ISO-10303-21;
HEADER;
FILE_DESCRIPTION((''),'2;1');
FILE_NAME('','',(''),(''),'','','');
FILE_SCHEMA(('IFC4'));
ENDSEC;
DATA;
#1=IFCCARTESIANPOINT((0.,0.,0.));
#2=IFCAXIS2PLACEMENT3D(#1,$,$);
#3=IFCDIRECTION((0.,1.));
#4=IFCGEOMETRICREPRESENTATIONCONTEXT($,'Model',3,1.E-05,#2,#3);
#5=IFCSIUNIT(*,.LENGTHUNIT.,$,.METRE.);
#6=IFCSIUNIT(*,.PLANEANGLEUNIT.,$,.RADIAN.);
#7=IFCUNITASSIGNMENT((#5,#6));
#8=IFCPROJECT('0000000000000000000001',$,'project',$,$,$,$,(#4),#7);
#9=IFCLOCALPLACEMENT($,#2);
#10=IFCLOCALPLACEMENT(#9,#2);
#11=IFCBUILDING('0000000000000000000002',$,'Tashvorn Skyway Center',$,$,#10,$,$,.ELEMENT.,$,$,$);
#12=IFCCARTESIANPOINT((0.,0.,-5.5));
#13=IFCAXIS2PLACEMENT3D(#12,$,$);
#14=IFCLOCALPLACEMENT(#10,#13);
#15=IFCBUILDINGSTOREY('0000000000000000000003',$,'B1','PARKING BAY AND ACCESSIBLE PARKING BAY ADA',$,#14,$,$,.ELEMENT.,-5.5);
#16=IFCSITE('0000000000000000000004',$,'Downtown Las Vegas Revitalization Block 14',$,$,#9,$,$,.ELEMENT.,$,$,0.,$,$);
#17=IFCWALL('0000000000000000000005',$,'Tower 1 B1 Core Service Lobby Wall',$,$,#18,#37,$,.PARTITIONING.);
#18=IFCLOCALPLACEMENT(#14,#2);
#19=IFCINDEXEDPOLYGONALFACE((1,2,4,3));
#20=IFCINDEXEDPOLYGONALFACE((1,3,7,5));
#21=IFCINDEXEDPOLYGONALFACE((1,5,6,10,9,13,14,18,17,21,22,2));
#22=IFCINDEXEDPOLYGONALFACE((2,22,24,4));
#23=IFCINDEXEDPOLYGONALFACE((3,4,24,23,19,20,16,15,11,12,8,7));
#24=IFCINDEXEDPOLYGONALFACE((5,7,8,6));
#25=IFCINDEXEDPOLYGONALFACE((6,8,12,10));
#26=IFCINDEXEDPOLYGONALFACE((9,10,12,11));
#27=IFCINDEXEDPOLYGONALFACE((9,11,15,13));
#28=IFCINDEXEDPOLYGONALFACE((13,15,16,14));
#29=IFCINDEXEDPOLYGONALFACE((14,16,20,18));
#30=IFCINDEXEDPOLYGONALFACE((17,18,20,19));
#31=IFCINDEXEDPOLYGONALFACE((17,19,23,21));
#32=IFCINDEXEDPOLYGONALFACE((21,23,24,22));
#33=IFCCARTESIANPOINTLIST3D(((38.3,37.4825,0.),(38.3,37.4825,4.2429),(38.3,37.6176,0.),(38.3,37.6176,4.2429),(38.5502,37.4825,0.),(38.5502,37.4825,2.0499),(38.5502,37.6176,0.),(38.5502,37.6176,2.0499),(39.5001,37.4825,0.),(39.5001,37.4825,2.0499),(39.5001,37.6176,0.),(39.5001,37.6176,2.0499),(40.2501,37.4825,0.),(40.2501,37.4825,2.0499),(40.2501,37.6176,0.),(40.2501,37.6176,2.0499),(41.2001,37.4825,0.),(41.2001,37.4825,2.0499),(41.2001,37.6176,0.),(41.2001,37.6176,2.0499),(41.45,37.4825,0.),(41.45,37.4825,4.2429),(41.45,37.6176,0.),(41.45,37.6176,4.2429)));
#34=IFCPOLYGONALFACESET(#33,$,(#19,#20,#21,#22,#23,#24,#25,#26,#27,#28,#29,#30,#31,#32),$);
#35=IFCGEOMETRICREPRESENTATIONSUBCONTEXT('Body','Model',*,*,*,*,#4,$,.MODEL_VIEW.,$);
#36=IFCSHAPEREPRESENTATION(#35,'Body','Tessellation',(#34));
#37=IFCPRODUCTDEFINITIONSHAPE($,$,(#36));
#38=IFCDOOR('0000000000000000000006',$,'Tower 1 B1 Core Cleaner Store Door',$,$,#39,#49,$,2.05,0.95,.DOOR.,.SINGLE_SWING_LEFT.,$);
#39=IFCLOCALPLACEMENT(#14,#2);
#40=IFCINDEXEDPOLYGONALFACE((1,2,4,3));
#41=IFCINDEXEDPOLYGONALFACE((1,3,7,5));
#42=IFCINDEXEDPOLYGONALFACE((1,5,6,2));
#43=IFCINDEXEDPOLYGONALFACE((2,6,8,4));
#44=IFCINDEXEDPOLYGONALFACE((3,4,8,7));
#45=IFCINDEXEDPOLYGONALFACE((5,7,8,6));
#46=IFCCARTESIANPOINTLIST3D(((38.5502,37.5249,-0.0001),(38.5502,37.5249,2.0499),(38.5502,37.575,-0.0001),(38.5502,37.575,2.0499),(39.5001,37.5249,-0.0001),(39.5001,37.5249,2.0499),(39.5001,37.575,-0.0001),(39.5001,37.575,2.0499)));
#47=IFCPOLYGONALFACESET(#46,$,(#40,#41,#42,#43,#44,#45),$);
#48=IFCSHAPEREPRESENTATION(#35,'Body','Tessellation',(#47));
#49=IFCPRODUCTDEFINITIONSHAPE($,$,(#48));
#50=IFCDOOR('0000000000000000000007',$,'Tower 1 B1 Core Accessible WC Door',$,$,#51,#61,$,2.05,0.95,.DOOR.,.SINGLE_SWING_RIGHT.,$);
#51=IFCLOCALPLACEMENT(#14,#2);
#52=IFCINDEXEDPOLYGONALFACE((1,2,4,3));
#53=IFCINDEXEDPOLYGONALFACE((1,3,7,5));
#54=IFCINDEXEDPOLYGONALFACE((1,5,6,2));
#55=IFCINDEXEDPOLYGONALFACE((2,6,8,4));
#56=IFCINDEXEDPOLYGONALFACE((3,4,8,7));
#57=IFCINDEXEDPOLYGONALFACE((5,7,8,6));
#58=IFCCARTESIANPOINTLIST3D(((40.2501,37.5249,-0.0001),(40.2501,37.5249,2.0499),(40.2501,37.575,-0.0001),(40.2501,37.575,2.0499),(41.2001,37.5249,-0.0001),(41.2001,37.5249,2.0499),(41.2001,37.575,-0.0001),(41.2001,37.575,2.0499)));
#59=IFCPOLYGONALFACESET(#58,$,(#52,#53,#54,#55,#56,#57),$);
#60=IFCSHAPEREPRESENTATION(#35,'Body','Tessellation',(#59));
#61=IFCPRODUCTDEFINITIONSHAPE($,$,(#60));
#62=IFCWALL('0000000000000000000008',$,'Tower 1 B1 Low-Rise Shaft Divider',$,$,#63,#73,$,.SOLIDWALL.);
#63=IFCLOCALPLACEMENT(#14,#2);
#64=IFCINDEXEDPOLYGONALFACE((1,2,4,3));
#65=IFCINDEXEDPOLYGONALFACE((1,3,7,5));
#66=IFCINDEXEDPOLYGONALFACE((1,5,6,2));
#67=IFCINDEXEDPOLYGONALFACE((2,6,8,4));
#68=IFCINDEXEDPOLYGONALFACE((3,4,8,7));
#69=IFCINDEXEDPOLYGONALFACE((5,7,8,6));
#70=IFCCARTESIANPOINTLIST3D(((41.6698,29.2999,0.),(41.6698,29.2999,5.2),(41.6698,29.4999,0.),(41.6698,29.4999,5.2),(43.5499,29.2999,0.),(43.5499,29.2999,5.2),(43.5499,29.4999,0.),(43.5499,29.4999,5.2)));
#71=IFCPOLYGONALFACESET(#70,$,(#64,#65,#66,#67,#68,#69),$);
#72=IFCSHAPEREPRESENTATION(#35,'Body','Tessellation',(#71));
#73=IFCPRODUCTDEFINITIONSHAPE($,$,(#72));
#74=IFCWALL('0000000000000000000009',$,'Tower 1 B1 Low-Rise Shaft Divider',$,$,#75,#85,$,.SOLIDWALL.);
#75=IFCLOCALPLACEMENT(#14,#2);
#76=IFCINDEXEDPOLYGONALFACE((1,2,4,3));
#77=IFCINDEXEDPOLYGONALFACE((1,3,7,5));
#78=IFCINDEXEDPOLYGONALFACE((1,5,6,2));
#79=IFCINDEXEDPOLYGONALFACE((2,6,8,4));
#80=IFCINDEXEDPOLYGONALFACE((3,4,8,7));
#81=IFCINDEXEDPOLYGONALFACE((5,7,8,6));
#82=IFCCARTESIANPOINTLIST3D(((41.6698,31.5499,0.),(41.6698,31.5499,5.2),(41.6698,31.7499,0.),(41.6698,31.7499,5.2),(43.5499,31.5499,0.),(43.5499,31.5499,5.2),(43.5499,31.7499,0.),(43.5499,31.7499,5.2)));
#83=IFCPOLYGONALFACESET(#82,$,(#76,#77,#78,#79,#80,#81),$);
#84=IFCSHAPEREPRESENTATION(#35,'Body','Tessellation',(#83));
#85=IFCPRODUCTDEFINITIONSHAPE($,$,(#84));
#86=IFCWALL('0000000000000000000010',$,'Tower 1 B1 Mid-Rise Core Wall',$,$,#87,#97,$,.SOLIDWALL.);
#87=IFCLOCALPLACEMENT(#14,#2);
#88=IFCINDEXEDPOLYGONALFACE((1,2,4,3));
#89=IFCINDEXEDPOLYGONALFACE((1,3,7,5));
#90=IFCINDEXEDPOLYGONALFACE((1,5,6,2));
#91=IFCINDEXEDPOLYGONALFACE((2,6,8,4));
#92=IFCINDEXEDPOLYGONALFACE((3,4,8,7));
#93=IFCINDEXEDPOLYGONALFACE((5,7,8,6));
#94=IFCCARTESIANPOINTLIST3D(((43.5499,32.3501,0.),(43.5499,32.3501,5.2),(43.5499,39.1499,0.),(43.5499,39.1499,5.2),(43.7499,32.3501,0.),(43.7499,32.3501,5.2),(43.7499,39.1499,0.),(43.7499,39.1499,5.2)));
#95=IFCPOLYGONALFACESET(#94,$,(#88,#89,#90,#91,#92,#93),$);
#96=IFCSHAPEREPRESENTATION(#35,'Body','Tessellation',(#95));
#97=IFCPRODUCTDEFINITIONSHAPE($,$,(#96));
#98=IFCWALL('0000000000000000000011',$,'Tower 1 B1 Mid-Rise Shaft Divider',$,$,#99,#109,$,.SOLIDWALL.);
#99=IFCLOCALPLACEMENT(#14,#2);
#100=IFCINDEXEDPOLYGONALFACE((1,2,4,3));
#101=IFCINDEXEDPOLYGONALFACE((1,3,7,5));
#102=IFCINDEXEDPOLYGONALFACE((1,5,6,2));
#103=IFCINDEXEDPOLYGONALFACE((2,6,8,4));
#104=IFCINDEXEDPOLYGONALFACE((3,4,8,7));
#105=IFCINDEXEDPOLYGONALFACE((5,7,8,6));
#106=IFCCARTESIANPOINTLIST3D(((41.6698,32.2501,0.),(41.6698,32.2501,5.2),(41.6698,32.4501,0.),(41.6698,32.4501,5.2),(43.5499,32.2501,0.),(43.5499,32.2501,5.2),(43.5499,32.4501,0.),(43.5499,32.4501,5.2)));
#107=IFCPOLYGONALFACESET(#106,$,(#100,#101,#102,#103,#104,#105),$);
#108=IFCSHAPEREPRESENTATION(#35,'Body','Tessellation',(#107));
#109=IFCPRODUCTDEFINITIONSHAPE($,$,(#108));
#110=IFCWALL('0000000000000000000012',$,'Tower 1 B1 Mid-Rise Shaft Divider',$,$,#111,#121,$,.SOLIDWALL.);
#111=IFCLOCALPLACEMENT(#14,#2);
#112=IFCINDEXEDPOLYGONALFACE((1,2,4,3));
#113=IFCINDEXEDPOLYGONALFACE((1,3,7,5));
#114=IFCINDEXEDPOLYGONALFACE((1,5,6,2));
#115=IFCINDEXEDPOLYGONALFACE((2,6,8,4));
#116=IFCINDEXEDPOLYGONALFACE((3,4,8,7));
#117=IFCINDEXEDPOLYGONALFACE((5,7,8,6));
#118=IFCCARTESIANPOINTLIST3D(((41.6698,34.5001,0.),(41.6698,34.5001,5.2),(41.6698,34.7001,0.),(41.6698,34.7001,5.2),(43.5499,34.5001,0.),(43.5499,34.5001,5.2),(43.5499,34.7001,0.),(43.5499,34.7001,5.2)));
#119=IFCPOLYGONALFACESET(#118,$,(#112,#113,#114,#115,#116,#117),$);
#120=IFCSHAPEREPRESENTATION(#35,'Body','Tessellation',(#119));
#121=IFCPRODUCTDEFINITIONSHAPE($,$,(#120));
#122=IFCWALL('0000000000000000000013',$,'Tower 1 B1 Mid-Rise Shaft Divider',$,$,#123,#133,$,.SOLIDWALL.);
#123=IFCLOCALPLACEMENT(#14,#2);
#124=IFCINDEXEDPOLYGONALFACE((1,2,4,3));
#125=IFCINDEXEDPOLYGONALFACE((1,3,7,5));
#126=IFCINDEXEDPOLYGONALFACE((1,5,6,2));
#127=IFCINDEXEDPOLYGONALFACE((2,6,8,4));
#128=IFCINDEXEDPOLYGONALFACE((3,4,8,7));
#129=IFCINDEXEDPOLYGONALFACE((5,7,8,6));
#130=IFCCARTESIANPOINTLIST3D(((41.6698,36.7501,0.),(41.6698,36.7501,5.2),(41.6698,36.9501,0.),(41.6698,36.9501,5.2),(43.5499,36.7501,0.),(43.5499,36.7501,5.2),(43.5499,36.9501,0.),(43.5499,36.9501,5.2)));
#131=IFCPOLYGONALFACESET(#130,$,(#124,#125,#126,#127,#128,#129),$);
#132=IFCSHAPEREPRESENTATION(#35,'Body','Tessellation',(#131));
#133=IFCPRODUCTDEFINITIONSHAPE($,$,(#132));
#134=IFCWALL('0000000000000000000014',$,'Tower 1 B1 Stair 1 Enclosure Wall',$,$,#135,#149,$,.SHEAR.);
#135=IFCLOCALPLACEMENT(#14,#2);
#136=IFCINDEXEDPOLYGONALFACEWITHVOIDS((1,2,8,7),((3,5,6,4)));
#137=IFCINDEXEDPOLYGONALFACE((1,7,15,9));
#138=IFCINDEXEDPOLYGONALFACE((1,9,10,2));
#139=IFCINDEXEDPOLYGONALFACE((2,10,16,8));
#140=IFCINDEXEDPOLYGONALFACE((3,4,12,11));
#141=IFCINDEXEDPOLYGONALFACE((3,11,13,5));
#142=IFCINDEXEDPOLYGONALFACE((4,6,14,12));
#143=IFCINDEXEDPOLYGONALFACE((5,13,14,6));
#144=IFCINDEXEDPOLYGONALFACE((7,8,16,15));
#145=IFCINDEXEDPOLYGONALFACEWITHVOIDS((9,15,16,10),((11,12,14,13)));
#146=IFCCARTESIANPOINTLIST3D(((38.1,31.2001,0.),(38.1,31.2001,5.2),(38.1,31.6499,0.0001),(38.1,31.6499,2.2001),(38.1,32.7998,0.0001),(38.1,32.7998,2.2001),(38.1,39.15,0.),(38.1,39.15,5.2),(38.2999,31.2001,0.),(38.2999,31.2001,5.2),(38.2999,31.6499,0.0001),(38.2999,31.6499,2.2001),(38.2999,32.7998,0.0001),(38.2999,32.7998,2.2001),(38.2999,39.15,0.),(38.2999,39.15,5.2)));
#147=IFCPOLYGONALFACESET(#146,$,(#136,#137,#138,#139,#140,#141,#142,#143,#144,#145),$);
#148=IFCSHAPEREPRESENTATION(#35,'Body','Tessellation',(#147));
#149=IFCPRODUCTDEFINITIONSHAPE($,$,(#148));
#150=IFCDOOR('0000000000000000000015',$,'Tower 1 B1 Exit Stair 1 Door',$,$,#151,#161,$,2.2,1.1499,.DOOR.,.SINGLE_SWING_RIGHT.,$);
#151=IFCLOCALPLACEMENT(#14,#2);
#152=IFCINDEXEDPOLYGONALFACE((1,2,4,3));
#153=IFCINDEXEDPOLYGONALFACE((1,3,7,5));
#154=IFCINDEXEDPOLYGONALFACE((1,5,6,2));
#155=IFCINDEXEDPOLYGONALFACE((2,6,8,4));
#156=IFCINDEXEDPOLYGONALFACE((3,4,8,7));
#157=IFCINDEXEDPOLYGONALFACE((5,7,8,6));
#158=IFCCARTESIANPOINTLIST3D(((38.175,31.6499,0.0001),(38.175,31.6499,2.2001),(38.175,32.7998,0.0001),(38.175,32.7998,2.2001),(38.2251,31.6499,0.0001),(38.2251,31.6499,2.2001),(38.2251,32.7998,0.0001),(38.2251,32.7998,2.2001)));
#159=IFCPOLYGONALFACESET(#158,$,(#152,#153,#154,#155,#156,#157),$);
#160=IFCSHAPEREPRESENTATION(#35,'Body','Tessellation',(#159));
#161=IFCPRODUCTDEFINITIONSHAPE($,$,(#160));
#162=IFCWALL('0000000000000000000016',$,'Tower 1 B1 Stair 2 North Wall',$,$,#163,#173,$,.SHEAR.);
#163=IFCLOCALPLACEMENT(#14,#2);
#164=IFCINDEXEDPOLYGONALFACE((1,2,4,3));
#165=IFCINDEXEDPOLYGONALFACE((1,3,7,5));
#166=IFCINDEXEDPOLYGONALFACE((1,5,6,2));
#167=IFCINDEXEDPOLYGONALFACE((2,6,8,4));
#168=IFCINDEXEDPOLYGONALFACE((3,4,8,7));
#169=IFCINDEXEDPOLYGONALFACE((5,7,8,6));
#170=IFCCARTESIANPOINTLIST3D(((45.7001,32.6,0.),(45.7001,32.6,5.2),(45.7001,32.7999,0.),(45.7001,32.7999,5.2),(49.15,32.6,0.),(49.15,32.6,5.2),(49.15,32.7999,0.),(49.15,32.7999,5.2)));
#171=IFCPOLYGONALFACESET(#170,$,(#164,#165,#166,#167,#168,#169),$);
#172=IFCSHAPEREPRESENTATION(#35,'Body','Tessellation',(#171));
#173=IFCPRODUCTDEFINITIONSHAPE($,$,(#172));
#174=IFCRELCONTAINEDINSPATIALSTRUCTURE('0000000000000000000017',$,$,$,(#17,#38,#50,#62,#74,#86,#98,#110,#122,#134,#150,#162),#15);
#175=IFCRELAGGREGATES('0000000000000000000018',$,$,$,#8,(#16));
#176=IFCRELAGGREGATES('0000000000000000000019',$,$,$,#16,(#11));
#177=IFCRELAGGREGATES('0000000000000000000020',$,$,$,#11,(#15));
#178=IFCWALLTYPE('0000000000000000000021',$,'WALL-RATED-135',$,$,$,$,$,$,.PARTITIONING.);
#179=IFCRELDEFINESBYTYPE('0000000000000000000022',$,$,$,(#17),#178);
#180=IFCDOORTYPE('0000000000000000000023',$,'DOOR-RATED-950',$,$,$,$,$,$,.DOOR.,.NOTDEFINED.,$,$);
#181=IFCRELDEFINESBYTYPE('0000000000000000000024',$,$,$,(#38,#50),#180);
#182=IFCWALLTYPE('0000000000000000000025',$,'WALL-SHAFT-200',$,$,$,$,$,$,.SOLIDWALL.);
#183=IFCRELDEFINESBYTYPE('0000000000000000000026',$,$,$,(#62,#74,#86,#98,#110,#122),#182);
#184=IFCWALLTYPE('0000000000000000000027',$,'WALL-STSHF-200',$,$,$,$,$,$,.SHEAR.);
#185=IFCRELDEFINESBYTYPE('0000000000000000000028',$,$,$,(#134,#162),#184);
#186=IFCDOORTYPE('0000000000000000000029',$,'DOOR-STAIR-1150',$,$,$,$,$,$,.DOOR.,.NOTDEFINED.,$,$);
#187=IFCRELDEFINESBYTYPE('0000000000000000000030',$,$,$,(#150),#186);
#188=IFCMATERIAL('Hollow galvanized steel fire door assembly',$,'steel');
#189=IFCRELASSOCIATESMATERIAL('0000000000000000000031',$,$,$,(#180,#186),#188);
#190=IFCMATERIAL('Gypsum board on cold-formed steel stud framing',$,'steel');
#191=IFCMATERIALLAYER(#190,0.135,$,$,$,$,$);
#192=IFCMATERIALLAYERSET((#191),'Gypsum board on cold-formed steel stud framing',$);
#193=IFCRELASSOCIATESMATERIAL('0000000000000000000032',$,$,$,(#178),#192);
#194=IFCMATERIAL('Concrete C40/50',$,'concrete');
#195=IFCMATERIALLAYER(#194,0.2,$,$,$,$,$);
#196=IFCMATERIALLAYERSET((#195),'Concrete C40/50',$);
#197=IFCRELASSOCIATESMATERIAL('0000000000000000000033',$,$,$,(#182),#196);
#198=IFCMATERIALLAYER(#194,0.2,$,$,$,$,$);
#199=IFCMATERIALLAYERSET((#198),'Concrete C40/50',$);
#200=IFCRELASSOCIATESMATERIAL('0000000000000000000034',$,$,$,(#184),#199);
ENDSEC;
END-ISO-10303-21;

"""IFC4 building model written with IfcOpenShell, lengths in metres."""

from ifc_helpers import new_model, si_unit, direction, frame, frame_2d, origin, place, context, subcontext, project, spatial, rectangle, extrude, material, layer, layer_set, type_object, element, fill, save


model = new_model("IFC4")

# Units and contexts
model_context = context("Model", 3, precision=1e-05, world=origin(), true_north=direction((0.0, 1.0)))
body_context = subcontext(model_context, "Body", "Model", "MODEL_VIEW")
ifc_project = project(units=[si_unit("LENGTHUNIT", "METRE"), si_unit("PLANEANGLEUNIT", "RADIAN")], contexts=[model_context])

# Site, building, storey
site_placement = place(None, origin())
site = spatial("IfcSite", under=ifc_project, at=site_placement, Name="Downtown Las Vegas Revitalization Block 14", CompositionType="ELEMENT", RefElevation=0.0)
building_placement = place(site_placement, origin())
building = spatial("IfcBuilding", under=site, at=building_placement, Name="Tashvorn Skyway Center", CompositionType="ELEMENT")
storey_placement = place(building_placement, frame((0.0, 0.0, -5.5)))
storey = spatial("IfcBuildingStorey", under=building, at=storey_placement, Name="B1", Description="PARKING BAY AND ACCESSIBLE PARKING BAY ADA", CompositionType="ELEMENT", Elevation=-5.5)

# Shared definitions
ifc_material_1 = material(Name="Concrete C40/50", Category="concrete")
ifc_material_2 = material(Name="Hollow galvanized steel fire door assembly", Category="steel")
door_type_1 = type_object("IfcDoorType", Name="DOOR-RATED-950", OperationType="NOTDEFINED", PredefinedType="DOOR", material=ifc_material_2)

# Shared definitions
ifc_material_3 = material(Name="Gypsum board on cold-formed steel stud framing", Category="steel")

# Wall, openings, doors
ifc_layer_1 = layer(ifc_material_3, 0.135)
ifc_layer_set_1 = layer_set([ifc_layer_1], Name="Gypsum board on cold-formed steel stud framing")
wall_type_1 = type_object("IfcWallType", Name="WALL-RATED-135", PredefinedType="PARTITIONING", material=ifc_layer_set_1)
wall_1_placement = place(storey_placement, frame((38.3, 37.55, 0.0), z_axis=(0.0, 0.0, 1.0), x_axis=(1.0, 0.0, 0.0)))
wall_1 = element("IfcWall", 1, at=wall_1_placement, inside=storey, type_object=wall_type_1, Name="Tower 1 B1 Core Service Lobby Wall", PredefinedType="PARTITIONING", context=body_context, shape_type="SweptSolid", body=[
    extrude(rectangle(XDim=3.1499, YDim=0.135, at=frame_2d((1.575, 0.0))), origin(), (0.0, 0.0, 1.0), 4.2429),
])
opening_1_placement = place(wall_1_placement, frame((0.25, 0.0, 0.0)))
opening_1 = element("IfcOpeningElement", 2, at=opening_1_placement, cuts=wall_1, PredefinedType="OPENING", context=body_context, shape_type="SweptSolid", body=[
    extrude(rectangle(XDim=0.95, YDim=2.05, at=frame_2d((0.4751, 1.0249))), frame((0.0, 0.0774, 0.0), z_axis=(0.0, -1.0, 0.0), x_axis=(1.0, 0.0, 0.0)), (0.0, 0.0, 1.0), 0.155),
])
opening_2_placement = place(wall_1_placement, frame((1.95, 0.0, 0.0)))
opening_2 = element("IfcOpeningElement", 3, at=opening_2_placement, cuts=wall_1, PredefinedType="OPENING", context=body_context, shape_type="SweptSolid", body=[
    extrude(rectangle(XDim=0.95, YDim=2.05, at=frame_2d((0.4751, 1.0249))), frame((0.0, 0.0774, 0.0), z_axis=(0.0, -1.0, 0.0), x_axis=(1.0, 0.0, 0.0)), (0.0, 0.0, 1.0), 0.155),
])
door_1_placement = place(opening_1_placement, origin())
door_1 = element("IfcDoor", 4, at=door_1_placement, inside=storey, type_object=door_type_1, Name="Tower 1 B1 Core Cleaner Store Door", OperationType="SINGLE_SWING_LEFT", OverallHeight=2.05, OverallWidth=0.95, PredefinedType="DOOR", context=body_context, shape_type="SweptSolid", body=[
    extrude(rectangle(XDim=0.95, YDim=2.05, at=frame_2d((0.4751, 1.0249))), frame((0.0, 0.0249, 0.0), z_axis=(0.0, -1.0, 0.0), x_axis=(1.0, 0.0, 0.0)), (0.0, 0.0, 1.0), 0.05),
])
fill(opening_1, door_1)
door_2_placement = place(opening_2_placement, origin())
door_2 = element("IfcDoor", 5, at=door_2_placement, inside=storey, type_object=door_type_1, Name="Tower 1 B1 Core Accessible WC Door", OperationType="SINGLE_SWING_RIGHT", OverallHeight=2.05, OverallWidth=0.95, PredefinedType="DOOR", context=body_context, shape_type="SweptSolid", body=[
    extrude(rectangle(XDim=0.95, YDim=2.05, at=frame_2d((0.4751, 1.0249))), frame((0.0, 0.0249, 0.0), z_axis=(0.0, -1.0, 0.0), x_axis=(1.0, 0.0, 0.0)), (0.0, 0.0, 1.0), 0.05),
])
fill(opening_2, door_2)

# Walls
ifc_layer_2 = layer(ifc_material_1, 0.2)
ifc_layer_set_2 = layer_set([ifc_layer_2], Name="Concrete C40/50")
wall_type_2 = type_object("IfcWallType", Name="WALL-SHAFT-200", PredefinedType="SOLIDWALL", material=ifc_layer_set_2)
for number, where, z_axis, x_axis, name in (
    (6, (41.6699, 29.3999, 0.0), (0.0, 0.0, 1.0), (1.0, 0.0, 0.0), "Tower 1 B1 Low-Rise Shaft Divider"),
    (7, (41.6699, 31.6499, 0.0), (0.0, 0.0, 1.0), (1.0, 0.0, 0.0), "Tower 1 B1 Low-Rise Shaft Divider"),
):
    element("IfcWall", number, at=place(storey_placement, frame(where, z_axis=z_axis, x_axis=x_axis)), inside=storey, type_object=wall_type_2, Name=name, PredefinedType="SOLIDWALL", context=body_context, shape_type="SweptSolid", body=[
        extrude(rectangle(XDim=1.8801, YDim=0.2, at=frame_2d((0.9399, 0.0))), origin(), (0.0, 0.0, 1.0), 5.2),
    ])
wall_2_placement = place(storey_placement, frame((43.6499, 32.3501, 0.0), z_axis=(0.0, 0.0, 1.0), x_axis=(0.0, 1.0, 0.0)))
element("IfcWall", 8, at=wall_2_placement, inside=storey, type_object=wall_type_2, Name="Tower 1 B1 Mid-Rise Core Wall", PredefinedType="SOLIDWALL", context=body_context, shape_type="SweptSolid", body=[
    extrude(rectangle(XDim=6.7998, YDim=0.2, at=frame_2d((3.3999, 0.0))), origin(), (0.0, 0.0, 1.0), 5.2),
])
for number, where, z_axis, x_axis, name in (
    (9, (41.6699, 32.3501, 0.0), (0.0, 0.0, 1.0), (1.0, 0.0, 0.0), "Tower 1 B1 Mid-Rise Shaft Divider"),
    (10, (41.6699, 34.6001, 0.0), (0.0, 0.0, 1.0), (1.0, 0.0, 0.0), "Tower 1 B1 Mid-Rise Shaft Divider"),
    (11, (41.6699, 36.8501, 0.0), (0.0, 0.0, 1.0), (1.0, 0.0, 0.0), "Tower 1 B1 Mid-Rise Shaft Divider"),
):
    element("IfcWall", number, at=place(storey_placement, frame(where, z_axis=z_axis, x_axis=x_axis)), inside=storey, type_object=wall_type_2, Name=name, PredefinedType="SOLIDWALL", context=body_context, shape_type="SweptSolid", body=[
        extrude(rectangle(XDim=1.8801, YDim=0.2, at=frame_2d((0.9399, 0.0))), origin(), (0.0, 0.0, 1.0), 5.2),
    ])

# Wall, opening, door
ifc_layer_3 = layer(ifc_material_1, 0.2)
ifc_layer_set_3 = layer_set([ifc_layer_3], Name="Concrete C40/50")
wall_type_3 = type_object("IfcWallType", Name="WALL-STSHF-200", PredefinedType="SHEAR", material=ifc_layer_set_3)
wall_3_placement = place(storey_placement, frame((38.2, 31.2, 0.0), z_axis=(0.0, 0.0, 1.0), x_axis=(0.0, 1.0, 0.0)))
wall_3 = element("IfcWall", 12, at=wall_3_placement, inside=storey, type_object=wall_type_3, Name="Tower 1 B1 Stair 1 Enclosure Wall", PredefinedType="SHEAR", context=body_context, shape_type="SweptSolid", body=[
    extrude(rectangle(XDim=7.95, YDim=0.2, at=frame_2d((3.9751, 0.0))), origin(), (0.0, 0.0, 1.0), 5.2),
])
opening_3_placement = place(wall_3_placement, frame((0.45, 0.0, 0.0)))
opening_3 = element("IfcOpeningElement", 13, at=opening_3_placement, cuts=wall_3, PredefinedType="OPENING", context=body_context, shape_type="SweptSolid", body=[
    extrude(rectangle(XDim=1.1499, YDim=2.2, at=frame_2d((0.575, 1.1001))), frame((0.0, 0.1099, 0.0), z_axis=(0.0, -1.0, 0.0), x_axis=(1.0, 0.0, 0.0)), (0.0, 0.0, 1.0), 0.22),
])
door_type_2 = type_object("IfcDoorType", Name="DOOR-STAIR-1150", OperationType="NOTDEFINED", PredefinedType="DOOR", material=ifc_material_2)
door_3_placement = place(opening_3_placement, origin())
door_3 = element("IfcDoor", 14, at=door_3_placement, inside=storey, type_object=door_type_2, Name="Tower 1 B1 Exit Stair 1 Door", OperationType="SINGLE_SWING_RIGHT", OverallHeight=2.2, OverallWidth=1.1499, PredefinedType="DOOR", context=body_context, shape_type="SweptSolid", body=[
    extrude(rectangle(XDim=1.1499, YDim=2.2, at=frame_2d((0.575, 1.1001))), frame((0.0, 0.0249, 0.0), z_axis=(0.0, -1.0, 0.0), x_axis=(1.0, 0.0, 0.0)), (0.0, 0.0, 1.0), 0.05),
])
fill(opening_3, door_3)

# Wall
wall_4_placement = place(storey_placement, frame((45.7, 32.7, 0.0), z_axis=(0.0, 0.0, 1.0), x_axis=(1.0, 0.0, 0.0)))
element("IfcWall", 15, at=wall_4_placement, inside=storey, type_object=wall_type_3, Name="Tower 1 B1 Stair 2 North Wall", PredefinedType="SHEAR", context=body_context, shape_type="SweptSolid", body=[
    extrude(rectangle(XDim=3.45, YDim=0.2, at=frame_2d((1.7251, 0.0))), origin(), (0.0, 0.0, 1.0), 5.2),
])

save(model, "model.ifc")
